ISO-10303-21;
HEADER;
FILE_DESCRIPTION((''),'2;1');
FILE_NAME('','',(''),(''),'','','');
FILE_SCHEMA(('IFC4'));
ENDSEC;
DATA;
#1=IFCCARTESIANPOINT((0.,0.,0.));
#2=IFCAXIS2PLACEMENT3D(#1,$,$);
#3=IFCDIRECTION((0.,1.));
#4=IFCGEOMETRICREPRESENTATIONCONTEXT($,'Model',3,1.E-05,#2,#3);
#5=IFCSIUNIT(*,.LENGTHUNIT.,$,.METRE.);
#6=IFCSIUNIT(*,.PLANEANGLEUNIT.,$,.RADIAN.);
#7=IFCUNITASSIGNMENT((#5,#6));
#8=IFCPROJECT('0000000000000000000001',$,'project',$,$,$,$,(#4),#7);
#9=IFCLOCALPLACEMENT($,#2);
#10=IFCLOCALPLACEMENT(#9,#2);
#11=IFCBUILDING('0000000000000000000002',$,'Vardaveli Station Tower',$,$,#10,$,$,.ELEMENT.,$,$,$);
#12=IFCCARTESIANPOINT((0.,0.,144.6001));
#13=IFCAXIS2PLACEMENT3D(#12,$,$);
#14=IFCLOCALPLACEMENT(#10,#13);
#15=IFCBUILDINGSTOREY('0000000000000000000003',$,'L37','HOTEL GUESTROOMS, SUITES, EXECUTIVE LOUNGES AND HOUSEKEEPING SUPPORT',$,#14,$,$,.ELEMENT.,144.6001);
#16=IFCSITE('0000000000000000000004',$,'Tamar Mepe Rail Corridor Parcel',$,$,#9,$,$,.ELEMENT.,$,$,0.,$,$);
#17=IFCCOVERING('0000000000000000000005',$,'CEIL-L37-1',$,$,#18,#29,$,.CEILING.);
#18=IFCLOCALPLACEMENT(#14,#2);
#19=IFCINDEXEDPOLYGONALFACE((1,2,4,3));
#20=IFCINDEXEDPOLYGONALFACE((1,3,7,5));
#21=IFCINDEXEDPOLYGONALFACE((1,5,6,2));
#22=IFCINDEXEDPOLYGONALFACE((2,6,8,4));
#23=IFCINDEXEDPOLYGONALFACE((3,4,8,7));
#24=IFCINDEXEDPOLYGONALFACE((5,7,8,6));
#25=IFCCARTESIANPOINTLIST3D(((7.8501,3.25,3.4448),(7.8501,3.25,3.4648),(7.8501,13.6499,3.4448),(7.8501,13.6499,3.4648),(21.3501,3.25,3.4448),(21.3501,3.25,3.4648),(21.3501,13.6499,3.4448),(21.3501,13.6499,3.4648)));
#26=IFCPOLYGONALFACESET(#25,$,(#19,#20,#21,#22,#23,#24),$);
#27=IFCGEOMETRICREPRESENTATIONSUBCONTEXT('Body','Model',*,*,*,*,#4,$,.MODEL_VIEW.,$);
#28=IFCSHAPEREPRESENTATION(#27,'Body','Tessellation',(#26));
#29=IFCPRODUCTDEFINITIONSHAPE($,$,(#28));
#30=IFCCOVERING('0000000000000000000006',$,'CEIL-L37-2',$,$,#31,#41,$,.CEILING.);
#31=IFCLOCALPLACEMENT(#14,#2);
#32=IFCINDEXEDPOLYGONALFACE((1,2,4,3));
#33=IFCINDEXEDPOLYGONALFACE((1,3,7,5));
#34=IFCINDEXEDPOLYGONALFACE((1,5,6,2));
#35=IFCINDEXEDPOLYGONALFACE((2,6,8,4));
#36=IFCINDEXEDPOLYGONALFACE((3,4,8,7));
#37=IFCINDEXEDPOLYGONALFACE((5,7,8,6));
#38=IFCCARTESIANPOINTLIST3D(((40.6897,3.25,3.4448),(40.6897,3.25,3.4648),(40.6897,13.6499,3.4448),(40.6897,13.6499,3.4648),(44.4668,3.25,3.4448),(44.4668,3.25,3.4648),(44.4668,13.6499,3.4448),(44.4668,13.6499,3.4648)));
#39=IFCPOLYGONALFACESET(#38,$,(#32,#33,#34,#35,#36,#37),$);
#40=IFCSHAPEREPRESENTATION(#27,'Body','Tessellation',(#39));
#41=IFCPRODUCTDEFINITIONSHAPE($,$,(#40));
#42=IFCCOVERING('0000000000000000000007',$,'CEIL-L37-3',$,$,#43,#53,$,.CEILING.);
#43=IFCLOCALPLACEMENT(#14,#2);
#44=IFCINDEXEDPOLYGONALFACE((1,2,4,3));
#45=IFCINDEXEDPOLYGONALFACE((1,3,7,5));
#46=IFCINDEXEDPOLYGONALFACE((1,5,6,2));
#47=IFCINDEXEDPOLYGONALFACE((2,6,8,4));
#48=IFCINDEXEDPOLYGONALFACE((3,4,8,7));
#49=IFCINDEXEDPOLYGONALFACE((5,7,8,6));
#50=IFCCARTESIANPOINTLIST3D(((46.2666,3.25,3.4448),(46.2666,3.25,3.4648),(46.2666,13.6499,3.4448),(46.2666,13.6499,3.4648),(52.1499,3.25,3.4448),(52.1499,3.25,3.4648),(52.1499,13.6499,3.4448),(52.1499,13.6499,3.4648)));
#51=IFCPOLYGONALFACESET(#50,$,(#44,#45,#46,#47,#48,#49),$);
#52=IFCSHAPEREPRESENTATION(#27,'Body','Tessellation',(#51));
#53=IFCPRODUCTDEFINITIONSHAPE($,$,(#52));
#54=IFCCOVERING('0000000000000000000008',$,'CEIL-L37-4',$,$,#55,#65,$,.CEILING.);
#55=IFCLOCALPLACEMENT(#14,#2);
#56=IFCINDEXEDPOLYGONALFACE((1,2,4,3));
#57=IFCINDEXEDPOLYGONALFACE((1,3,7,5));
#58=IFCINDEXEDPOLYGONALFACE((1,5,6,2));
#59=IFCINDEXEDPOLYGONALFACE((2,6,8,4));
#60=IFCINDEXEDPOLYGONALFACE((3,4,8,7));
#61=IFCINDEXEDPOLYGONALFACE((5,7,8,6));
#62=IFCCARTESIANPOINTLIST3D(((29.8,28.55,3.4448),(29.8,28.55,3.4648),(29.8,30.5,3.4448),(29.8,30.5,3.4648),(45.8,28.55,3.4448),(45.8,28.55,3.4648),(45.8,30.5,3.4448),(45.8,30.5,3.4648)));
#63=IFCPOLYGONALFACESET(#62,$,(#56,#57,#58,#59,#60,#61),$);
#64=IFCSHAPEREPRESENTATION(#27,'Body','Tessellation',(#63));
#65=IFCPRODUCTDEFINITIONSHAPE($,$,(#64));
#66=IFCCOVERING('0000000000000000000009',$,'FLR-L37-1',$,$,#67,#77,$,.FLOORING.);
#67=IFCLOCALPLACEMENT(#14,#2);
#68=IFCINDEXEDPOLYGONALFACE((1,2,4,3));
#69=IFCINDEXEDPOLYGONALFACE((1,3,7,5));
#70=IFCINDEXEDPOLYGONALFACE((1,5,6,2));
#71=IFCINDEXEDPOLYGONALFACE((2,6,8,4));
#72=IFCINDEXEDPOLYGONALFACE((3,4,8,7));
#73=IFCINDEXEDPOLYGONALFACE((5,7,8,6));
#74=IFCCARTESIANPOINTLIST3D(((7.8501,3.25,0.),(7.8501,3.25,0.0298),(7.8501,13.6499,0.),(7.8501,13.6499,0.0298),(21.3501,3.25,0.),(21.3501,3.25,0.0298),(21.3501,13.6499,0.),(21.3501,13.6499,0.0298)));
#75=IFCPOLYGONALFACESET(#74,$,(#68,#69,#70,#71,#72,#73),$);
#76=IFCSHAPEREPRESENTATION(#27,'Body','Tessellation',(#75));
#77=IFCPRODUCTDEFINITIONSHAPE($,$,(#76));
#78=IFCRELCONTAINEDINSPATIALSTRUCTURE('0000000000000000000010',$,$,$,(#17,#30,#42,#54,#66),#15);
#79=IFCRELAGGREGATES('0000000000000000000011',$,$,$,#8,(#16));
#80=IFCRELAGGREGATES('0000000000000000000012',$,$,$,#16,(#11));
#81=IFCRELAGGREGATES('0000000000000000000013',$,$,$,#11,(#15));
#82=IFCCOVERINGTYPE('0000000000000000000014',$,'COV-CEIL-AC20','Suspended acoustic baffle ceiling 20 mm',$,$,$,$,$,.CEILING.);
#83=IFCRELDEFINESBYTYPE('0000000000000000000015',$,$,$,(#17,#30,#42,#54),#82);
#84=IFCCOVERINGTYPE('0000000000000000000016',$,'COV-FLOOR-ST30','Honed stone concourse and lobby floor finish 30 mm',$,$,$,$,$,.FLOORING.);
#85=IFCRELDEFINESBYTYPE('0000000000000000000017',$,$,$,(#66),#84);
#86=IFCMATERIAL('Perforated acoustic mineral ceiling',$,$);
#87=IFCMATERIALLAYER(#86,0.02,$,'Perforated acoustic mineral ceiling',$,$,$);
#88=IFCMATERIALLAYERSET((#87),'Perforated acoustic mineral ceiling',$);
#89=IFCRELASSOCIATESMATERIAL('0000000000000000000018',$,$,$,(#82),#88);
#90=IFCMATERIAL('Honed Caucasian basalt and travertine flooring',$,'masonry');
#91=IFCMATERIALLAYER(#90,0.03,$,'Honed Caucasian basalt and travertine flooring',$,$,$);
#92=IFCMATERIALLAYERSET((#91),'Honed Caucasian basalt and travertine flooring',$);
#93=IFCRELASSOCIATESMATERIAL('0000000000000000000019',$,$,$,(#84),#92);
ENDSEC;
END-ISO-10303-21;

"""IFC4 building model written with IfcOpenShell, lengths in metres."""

from ifc_helpers import new_model, si_unit, direction, frame, origin, place, context, subcontext, project, spatial, polyline, outline, extrude, material, layer, layer_set, type_object, element, save


model = new_model("IFC4")

# Units and contexts
model_context = context("Model", 3, precision=1e-05, world=origin(), true_north=direction((0.0, 1.0)))
body_context = subcontext(model_context, "Body", "Model", "MODEL_VIEW")
ifc_project = project(units=[si_unit("LENGTHUNIT", "METRE"), si_unit("PLANEANGLEUNIT", "RADIAN")], contexts=[model_context])

# Site, building, storey
site_placement = place(None, origin())
site = spatial("IfcSite", under=ifc_project, at=site_placement, Name="Tamar Mepe Rail Corridor Parcel", CompositionType="ELEMENT", RefElevation=0.0)
building_placement = place(site_placement, origin())
building = spatial("IfcBuilding", under=site, at=building_placement, Name="Vardaveli Station Tower", CompositionType="ELEMENT")
storey_placement = place(building_placement, frame((0.0, 0.0, 144.6001)))
storey = spatial("IfcBuildingStorey", under=building, at=storey_placement, Name="L37", Description="HOTEL GUESTROOMS, SUITES, EXECUTIVE LOUNGES AND HOUSEKEEPING SUPPORT", CompositionType="ELEMENT", Elevation=144.6001)

# Coverings
ifc_material_1 = material(Name="Perforated acoustic mineral ceiling")
ifc_layer_1 = layer(ifc_material_1, 0.02, Name="Perforated acoustic mineral ceiling")
ifc_layer_set_1 = layer_set([ifc_layer_1], Name="Perforated acoustic mineral ceiling")
covering_type_1 = type_object("IfcCoveringType", Name="COV-CEIL-AC20", Description="Suspended acoustic baffle ceiling 20 mm", PredefinedType="CEILING", material=ifc_layer_set_1)
covering_1_placement = place(storey_placement, frame((0.0, 0.0, 3.4448)))
element("IfcCovering", 1, at=covering_1_placement, inside=storey, type_object=covering_type_1, Name="CEIL-L37-1", PredefinedType="CEILING", context=body_context, shape_type="SweptSolid", body=[
    extrude(outline(polyline([(7.8501, 3.25), (21.3501, 3.25), (21.3501, 13.6499), (7.8501, 13.6499), (7.8501, 3.25)])), origin(), (0.0, 0.0, 1.0), 0.02),
])
covering_2_placement = place(storey_placement, frame((0.0, 0.0, 3.4448)))
element("IfcCovering", 2, at=covering_2_placement, inside=storey, type_object=covering_type_1, Name="CEIL-L37-2", PredefinedType="CEILING", context=body_context, shape_type="SweptSolid", body=[
    extrude(outline(polyline([(40.6897, 3.25), (44.4668, 3.25), (44.4668, 13.6499), (40.6897, 13.6499), (40.6897, 3.25)])), origin(), (0.0, 0.0, 1.0), 0.02),
])
covering_3_placement = place(storey_placement, frame((0.0, 0.0, 3.4448)))
element("IfcCovering", 3, at=covering_3_placement, inside=storey, type_object=covering_type_1, Name="CEIL-L37-3", PredefinedType="CEILING", context=body_context, shape_type="SweptSolid", body=[
    extrude(outline(polyline([(46.2666, 3.25), (52.1499, 3.25), (52.1499, 13.6499), (46.2666, 13.6499), (46.2666, 3.25)])), origin(), (0.0, 0.0, 1.0), 0.02),
])
covering_4_placement = place(storey_placement, frame((0.0, 0.0, 3.4448)))
element("IfcCovering", 4, at=covering_4_placement, inside=storey, type_object=covering_type_1, Name="CEIL-L37-4", PredefinedType="CEILING", context=body_context, shape_type="SweptSolid", body=[
    extrude(outline(polyline([(29.8, 28.55), (45.8, 28.55), (45.8, 30.5), (29.8, 30.5), (29.8, 28.55)])), origin(), (0.0, 0.0, 1.0), 0.02),
])
ifc_material_2 = material(Name="Honed Caucasian basalt and travertine flooring", Category="masonry")
ifc_layer_2 = layer(ifc_material_2, 0.03, Name="Honed Caucasian basalt and travertine flooring")
ifc_layer_set_2 = layer_set([ifc_layer_2], Name="Honed Caucasian basalt and travertine flooring")
covering_type_2 = type_object("IfcCoveringType", Name="COV-FLOOR-ST30", Description="Honed stone concourse and lobby floor finish 30 mm", PredefinedType="FLOORING", material=ifc_layer_set_2)
covering_5_placement = place(storey_placement, origin())
element("IfcCovering", 5, at=covering_5_placement, inside=storey, type_object=covering_type_2, Name="FLR-L37-1", PredefinedType="FLOORING", context=body_context, shape_type="SweptSolid", body=[
    extrude(outline(polyline([(7.8501, 3.25), (21.3501, 3.25), (21.3501, 13.6499), (7.8501, 13.6499), (7.8501, 3.25)])), origin(), (0.0, 0.0, 1.0), 0.0298),
])

save(model, "model.ifc")
